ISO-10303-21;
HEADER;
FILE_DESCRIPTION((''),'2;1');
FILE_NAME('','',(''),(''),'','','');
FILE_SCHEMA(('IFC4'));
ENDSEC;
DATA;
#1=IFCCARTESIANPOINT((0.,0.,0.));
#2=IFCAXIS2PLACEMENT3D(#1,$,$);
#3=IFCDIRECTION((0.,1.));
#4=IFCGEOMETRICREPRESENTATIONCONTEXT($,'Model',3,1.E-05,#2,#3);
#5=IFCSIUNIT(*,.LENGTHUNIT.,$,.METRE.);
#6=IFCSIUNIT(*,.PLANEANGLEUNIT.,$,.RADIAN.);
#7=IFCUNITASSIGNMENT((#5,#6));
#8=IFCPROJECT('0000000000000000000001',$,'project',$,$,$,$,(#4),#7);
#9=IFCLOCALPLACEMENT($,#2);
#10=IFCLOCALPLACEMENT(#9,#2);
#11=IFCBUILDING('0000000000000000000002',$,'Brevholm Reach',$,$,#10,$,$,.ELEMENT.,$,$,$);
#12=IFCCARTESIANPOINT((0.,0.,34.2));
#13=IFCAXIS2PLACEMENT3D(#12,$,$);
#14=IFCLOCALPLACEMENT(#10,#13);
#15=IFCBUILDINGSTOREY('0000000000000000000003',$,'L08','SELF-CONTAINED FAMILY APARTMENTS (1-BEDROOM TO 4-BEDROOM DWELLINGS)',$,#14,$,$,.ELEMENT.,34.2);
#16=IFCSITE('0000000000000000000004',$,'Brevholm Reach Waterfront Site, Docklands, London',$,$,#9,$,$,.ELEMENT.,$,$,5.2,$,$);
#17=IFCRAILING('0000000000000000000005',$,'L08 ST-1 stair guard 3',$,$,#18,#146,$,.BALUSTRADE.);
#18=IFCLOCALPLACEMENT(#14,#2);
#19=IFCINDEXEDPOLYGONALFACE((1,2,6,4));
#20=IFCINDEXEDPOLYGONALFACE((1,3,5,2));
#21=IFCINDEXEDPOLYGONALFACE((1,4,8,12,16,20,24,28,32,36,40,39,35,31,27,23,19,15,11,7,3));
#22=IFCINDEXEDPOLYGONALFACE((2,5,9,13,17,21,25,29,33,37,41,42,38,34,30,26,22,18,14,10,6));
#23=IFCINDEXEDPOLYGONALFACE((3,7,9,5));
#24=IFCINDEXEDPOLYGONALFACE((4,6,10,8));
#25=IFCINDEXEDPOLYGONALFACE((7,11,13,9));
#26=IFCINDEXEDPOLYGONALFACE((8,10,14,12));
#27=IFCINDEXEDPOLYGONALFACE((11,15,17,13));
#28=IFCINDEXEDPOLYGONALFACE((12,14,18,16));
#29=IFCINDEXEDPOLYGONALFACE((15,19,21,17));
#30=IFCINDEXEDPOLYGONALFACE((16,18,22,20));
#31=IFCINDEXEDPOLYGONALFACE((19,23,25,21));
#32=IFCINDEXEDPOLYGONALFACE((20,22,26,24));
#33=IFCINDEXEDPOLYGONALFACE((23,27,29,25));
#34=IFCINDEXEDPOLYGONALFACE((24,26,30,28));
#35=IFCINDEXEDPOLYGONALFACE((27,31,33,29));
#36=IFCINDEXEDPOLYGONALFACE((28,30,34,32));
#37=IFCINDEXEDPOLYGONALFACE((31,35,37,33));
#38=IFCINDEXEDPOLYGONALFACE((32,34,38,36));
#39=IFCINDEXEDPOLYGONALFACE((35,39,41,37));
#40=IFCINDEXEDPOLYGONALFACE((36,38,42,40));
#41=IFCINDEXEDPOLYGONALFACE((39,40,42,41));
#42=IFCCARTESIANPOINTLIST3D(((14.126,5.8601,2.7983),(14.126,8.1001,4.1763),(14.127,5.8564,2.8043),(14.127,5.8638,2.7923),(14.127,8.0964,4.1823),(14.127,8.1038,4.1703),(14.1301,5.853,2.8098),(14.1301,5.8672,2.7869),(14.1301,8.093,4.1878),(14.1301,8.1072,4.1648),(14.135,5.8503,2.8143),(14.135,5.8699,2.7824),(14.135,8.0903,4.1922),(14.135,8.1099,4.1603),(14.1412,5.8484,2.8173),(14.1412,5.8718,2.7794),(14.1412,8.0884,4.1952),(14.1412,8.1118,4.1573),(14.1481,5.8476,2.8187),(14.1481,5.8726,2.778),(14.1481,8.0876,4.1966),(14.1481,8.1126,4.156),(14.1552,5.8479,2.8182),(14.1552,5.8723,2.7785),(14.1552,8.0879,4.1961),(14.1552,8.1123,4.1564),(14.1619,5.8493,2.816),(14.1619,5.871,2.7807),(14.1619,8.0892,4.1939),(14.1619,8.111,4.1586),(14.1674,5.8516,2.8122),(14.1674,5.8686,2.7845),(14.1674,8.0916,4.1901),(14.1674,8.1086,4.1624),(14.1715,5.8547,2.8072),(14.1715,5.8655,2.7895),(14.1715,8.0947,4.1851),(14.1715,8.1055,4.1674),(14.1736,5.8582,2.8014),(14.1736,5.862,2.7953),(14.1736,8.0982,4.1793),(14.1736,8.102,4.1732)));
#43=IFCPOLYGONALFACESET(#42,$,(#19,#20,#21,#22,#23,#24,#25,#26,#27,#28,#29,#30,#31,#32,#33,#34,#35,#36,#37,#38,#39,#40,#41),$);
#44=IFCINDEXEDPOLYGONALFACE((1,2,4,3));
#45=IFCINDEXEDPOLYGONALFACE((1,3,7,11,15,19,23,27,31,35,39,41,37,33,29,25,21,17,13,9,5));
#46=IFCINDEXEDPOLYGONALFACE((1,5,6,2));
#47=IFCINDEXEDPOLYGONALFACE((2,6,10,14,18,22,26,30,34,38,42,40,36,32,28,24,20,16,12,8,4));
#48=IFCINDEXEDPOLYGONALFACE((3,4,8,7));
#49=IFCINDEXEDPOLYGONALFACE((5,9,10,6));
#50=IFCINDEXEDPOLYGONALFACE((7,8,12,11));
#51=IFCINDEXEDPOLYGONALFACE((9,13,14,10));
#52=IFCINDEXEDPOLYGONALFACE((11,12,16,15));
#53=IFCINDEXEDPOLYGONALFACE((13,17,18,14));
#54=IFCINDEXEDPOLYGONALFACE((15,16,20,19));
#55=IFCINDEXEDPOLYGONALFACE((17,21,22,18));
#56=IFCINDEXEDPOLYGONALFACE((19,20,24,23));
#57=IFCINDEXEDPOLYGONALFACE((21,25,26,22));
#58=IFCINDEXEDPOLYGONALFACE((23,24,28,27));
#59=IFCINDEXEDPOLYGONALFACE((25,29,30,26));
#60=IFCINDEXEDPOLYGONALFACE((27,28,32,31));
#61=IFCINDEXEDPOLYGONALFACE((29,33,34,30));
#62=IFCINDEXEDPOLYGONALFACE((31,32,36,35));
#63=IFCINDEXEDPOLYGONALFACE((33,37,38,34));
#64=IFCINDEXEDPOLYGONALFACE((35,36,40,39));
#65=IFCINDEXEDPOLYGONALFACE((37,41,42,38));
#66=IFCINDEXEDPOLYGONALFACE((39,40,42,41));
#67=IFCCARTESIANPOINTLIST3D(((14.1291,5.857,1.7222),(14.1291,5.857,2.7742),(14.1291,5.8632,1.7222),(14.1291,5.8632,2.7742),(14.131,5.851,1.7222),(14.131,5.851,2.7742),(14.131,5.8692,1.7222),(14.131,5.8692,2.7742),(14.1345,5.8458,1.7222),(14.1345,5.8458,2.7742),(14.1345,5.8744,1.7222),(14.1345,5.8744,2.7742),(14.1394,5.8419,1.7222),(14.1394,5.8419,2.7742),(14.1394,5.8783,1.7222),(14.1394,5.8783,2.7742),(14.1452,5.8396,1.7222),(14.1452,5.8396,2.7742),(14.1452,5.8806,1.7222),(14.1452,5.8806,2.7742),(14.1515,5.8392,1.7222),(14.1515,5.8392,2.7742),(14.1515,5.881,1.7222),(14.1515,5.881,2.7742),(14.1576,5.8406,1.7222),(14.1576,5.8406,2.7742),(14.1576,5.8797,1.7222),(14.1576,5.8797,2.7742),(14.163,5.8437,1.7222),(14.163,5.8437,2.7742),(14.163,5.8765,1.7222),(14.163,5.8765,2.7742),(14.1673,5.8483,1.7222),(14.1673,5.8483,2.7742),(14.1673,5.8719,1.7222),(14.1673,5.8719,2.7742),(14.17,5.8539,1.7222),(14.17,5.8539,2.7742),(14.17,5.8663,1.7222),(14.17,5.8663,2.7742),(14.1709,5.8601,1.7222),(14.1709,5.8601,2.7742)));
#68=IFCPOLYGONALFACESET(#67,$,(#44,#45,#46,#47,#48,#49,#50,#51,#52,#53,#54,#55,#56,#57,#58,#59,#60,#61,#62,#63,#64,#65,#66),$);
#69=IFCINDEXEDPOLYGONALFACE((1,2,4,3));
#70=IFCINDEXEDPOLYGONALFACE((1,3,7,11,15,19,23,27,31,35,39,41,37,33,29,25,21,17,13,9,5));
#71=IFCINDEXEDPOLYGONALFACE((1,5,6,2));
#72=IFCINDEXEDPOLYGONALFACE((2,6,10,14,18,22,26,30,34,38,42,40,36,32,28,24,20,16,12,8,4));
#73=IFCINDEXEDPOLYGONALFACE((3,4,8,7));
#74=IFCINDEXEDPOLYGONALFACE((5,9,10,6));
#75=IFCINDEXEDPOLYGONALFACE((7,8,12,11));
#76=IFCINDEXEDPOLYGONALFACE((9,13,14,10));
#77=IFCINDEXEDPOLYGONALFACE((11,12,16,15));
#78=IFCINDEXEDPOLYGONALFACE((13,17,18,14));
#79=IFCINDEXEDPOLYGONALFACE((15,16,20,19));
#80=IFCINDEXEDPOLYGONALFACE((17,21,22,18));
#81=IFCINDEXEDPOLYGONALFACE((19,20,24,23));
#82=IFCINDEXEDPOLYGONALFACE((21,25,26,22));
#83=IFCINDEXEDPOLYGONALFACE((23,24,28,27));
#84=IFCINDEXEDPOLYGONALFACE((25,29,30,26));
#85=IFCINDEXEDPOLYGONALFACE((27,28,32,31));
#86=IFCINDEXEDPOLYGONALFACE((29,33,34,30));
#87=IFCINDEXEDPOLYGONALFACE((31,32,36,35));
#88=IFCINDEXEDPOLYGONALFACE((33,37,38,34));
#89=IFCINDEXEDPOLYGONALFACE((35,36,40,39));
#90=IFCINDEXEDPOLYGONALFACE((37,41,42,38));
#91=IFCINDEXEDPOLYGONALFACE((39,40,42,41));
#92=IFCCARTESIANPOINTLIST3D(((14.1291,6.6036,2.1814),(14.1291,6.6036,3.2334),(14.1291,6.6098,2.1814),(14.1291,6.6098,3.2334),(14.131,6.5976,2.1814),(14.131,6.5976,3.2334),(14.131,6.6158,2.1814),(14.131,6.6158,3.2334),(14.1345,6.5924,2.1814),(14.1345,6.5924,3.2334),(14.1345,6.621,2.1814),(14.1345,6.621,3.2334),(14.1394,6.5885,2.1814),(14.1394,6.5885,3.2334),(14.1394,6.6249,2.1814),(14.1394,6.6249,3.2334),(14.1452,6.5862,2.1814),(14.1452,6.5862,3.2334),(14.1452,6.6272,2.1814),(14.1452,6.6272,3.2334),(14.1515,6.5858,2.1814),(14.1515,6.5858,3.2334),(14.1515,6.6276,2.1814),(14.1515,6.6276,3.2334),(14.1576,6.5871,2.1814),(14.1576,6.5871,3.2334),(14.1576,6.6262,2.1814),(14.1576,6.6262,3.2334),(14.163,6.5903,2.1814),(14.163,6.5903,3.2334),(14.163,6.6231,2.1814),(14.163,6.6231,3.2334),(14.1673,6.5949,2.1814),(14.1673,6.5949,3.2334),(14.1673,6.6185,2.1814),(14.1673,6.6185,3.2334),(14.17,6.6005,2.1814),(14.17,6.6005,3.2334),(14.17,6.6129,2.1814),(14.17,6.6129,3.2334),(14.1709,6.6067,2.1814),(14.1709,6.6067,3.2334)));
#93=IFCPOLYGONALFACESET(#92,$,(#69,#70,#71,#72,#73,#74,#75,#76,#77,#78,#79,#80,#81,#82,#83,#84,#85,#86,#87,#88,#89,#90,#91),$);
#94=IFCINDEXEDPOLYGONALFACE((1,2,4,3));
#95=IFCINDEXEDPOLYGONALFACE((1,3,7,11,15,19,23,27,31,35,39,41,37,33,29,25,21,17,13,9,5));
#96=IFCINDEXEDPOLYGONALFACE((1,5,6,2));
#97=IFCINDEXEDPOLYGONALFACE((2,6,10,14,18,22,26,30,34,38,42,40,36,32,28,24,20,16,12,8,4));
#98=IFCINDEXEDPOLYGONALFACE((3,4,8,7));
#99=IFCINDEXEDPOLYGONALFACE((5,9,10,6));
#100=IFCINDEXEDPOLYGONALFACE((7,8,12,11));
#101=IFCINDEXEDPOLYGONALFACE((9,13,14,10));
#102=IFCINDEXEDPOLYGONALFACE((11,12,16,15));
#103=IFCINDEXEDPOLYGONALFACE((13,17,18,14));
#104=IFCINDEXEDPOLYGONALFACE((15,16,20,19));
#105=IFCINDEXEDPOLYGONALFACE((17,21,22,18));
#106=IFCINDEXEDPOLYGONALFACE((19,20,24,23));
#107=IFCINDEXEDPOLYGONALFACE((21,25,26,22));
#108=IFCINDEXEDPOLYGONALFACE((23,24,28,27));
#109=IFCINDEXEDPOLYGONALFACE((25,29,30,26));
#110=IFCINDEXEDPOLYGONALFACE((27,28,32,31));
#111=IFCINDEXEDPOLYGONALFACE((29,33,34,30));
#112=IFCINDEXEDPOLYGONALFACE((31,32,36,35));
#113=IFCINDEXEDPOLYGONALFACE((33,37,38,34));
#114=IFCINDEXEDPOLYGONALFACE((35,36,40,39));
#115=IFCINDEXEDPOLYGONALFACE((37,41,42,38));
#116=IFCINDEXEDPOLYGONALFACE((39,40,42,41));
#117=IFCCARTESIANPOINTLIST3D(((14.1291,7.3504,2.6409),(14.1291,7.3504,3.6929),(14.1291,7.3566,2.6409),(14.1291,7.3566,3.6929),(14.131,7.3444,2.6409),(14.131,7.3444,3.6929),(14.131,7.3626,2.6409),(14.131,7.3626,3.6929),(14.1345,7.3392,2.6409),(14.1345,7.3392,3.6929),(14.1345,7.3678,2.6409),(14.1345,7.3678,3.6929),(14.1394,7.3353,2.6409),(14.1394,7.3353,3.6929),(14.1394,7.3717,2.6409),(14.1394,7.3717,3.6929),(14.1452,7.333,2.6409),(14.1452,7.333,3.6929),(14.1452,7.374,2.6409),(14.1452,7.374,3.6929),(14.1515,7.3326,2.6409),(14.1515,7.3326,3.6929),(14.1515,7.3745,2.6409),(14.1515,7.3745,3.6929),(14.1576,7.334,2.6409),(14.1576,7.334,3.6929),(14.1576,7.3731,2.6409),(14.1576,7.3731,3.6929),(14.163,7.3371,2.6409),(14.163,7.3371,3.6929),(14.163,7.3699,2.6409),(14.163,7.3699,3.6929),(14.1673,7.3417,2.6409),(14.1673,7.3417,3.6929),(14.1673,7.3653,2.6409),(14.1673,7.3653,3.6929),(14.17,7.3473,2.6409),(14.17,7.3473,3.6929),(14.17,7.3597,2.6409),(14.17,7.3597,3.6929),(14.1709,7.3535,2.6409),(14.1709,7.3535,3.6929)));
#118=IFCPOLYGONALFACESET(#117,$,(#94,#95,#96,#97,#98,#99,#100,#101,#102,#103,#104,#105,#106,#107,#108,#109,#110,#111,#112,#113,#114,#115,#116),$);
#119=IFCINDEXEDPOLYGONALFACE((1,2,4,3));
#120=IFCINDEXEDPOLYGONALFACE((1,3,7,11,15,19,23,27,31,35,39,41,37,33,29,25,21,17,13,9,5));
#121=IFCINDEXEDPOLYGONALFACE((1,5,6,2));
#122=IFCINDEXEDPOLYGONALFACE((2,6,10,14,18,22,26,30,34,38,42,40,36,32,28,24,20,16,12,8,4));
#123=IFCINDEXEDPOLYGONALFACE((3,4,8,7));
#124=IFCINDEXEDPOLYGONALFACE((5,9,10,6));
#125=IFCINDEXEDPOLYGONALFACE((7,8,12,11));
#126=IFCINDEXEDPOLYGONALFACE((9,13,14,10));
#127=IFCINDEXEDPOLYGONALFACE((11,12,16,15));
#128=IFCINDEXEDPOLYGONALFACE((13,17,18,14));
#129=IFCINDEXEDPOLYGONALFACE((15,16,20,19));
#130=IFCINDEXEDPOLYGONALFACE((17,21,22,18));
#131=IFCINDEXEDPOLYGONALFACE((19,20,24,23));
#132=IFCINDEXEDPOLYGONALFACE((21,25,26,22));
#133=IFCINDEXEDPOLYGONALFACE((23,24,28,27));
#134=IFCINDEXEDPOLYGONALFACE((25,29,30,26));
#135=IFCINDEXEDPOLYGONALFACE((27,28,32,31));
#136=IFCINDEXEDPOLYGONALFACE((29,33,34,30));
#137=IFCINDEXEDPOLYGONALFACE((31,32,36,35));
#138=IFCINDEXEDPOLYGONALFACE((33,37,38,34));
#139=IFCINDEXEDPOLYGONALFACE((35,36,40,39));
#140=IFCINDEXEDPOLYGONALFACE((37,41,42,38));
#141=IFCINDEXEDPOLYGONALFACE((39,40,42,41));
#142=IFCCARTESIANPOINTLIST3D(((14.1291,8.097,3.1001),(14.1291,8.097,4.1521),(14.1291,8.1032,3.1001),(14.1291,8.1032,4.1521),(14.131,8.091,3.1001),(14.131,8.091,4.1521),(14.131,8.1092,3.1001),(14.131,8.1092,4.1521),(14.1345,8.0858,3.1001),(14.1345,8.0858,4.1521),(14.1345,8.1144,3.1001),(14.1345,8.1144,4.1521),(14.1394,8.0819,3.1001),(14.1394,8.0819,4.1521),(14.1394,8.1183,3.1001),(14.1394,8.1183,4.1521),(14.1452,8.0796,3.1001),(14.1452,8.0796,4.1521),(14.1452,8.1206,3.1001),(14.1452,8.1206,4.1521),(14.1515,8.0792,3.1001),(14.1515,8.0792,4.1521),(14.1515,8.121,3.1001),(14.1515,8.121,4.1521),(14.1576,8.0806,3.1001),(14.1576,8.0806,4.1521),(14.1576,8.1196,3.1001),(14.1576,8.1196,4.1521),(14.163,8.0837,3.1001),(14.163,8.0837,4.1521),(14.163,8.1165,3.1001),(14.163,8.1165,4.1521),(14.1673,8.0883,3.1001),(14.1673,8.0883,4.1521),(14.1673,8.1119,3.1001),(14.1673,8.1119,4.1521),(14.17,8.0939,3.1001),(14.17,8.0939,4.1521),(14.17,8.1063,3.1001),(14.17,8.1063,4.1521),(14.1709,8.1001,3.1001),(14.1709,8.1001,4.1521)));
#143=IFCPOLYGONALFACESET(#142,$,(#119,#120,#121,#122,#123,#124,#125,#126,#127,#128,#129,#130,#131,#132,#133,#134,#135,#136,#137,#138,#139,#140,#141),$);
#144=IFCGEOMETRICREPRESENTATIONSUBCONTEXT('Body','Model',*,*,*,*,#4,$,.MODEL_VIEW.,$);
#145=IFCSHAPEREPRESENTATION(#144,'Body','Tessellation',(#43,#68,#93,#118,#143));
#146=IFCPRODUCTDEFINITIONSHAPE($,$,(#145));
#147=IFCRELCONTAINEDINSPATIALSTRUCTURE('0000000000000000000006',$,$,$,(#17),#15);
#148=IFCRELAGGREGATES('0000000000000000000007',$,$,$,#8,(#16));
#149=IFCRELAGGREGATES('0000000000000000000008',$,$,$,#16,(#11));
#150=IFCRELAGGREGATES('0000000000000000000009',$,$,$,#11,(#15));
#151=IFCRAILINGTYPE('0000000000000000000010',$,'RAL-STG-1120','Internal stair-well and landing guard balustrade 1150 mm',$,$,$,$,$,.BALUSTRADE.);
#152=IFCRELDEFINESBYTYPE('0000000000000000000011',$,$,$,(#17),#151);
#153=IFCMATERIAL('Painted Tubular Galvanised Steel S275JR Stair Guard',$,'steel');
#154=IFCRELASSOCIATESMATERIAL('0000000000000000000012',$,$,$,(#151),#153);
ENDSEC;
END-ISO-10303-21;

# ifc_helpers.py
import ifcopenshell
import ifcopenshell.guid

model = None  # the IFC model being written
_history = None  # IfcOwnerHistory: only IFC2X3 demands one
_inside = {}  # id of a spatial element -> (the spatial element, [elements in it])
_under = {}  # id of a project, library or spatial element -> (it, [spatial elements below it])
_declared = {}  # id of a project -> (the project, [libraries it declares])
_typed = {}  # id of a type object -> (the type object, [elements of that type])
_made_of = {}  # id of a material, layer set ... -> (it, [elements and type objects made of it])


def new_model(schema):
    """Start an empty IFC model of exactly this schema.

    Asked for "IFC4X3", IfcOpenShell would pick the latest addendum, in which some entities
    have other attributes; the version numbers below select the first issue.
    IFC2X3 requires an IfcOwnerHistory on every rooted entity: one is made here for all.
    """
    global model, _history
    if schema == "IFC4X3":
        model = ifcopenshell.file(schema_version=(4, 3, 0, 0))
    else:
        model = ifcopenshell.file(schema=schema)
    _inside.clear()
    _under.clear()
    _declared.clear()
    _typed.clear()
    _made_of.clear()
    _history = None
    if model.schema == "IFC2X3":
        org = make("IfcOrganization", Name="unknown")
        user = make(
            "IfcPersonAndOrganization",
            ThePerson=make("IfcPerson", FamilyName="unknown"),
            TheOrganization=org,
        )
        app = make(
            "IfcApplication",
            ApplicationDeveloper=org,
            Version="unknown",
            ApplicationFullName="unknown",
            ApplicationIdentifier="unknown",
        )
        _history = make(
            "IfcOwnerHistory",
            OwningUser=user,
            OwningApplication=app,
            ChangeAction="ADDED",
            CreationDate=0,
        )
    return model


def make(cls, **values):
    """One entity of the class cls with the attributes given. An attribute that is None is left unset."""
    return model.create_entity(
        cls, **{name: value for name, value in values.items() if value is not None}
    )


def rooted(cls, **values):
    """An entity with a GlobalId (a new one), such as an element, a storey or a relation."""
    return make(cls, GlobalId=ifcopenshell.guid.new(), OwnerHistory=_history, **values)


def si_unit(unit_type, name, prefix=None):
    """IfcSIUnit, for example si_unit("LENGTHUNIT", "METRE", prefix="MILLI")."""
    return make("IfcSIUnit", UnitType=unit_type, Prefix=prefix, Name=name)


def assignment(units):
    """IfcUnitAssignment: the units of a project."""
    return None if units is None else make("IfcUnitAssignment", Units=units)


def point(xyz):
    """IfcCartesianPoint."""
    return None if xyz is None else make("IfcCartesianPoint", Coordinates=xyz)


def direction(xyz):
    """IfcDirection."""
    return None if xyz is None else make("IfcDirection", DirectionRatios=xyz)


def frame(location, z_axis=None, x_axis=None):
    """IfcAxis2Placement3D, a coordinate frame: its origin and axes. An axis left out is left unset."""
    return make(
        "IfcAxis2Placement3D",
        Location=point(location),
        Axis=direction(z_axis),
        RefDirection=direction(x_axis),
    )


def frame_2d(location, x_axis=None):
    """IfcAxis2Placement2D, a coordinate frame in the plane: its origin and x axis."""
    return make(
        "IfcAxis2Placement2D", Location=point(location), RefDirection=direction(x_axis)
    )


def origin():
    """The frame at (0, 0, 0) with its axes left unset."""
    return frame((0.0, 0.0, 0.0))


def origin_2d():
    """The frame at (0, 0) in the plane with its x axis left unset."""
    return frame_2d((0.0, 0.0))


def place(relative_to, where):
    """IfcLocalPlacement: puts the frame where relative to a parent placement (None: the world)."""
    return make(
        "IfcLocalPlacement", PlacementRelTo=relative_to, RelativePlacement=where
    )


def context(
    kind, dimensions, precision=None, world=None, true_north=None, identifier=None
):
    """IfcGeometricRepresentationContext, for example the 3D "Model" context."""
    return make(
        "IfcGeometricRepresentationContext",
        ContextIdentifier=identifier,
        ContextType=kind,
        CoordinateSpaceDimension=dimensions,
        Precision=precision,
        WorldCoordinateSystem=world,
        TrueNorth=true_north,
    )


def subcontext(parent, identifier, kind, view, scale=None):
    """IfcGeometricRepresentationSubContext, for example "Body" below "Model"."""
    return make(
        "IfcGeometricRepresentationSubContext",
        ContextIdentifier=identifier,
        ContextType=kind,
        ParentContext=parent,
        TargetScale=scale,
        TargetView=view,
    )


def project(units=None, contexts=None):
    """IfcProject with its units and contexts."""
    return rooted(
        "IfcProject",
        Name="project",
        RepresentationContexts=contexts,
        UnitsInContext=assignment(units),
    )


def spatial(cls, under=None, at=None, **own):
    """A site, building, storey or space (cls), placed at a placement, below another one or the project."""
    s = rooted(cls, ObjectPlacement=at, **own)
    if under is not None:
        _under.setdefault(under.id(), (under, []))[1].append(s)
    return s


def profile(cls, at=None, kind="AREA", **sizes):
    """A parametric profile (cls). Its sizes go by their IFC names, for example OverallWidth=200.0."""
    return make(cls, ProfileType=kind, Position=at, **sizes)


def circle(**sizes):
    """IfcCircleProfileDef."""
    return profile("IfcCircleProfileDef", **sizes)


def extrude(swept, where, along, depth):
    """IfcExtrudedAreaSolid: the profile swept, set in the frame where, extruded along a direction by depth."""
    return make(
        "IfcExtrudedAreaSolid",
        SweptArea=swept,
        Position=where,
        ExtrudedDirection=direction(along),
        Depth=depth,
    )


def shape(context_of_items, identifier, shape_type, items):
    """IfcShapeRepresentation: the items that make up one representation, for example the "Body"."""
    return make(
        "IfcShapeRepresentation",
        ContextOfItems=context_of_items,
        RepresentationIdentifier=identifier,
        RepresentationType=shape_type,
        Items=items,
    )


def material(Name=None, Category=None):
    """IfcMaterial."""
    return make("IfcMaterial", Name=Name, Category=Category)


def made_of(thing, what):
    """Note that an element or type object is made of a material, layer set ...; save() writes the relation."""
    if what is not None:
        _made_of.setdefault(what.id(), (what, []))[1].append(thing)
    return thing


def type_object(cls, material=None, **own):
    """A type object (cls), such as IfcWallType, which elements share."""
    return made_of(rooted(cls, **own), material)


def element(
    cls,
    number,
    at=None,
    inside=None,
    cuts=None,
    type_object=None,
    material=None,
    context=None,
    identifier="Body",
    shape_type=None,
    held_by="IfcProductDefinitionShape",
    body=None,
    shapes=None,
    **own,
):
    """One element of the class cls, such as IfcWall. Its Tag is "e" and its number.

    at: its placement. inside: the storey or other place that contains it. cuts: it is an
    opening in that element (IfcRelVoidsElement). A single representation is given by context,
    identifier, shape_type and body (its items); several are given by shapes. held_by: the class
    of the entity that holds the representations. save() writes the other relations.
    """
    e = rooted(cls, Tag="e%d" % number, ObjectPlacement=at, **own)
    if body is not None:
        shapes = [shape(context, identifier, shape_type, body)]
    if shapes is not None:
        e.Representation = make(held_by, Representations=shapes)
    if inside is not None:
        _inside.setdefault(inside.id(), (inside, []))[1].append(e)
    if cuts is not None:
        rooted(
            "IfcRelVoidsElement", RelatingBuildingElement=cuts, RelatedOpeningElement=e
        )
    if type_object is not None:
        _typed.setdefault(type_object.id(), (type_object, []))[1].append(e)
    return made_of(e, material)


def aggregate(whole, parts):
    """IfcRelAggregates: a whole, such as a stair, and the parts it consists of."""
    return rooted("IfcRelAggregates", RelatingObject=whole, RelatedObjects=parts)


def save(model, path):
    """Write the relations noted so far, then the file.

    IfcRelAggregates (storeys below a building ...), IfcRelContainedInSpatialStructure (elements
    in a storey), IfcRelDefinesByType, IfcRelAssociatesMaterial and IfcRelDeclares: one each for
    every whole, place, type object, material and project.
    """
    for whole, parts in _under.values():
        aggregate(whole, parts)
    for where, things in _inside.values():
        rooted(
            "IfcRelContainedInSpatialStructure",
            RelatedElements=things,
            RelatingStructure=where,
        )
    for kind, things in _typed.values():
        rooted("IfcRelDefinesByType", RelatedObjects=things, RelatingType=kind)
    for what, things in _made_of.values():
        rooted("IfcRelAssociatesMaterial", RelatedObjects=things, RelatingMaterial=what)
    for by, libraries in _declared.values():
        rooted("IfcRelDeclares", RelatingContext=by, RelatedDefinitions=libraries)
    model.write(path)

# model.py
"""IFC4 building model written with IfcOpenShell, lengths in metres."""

from ifc_helpers import new_model, si_unit, direction, frame, origin, origin_2d, place, context, subcontext, project, spatial, circle, extrude, material, type_object, element, save


model = new_model("IFC4")

# Units and contexts
model_context = context("Model", 3, precision=1e-05, world=origin(), true_north=direction((0.0, 1.0)))
body_context = subcontext(model_context, "Body", "Model", "MODEL_VIEW")
ifc_project = project(units=[si_unit("LENGTHUNIT", "METRE"), si_unit("PLANEANGLEUNIT", "RADIAN")], contexts=[model_context])

# Site, building, storey
site_placement = place(None, origin())
site = spatial("IfcSite", under=ifc_project, at=site_placement, Name="Brevholm Reach Waterfront Site, Docklands, London", CompositionType="ELEMENT", RefElevation=5.2)
building_placement = place(site_placement, origin())
building = spatial("IfcBuilding", under=site, at=building_placement, Name="Brevholm Reach", CompositionType="ELEMENT")
storey_placement = place(building_placement, frame((0.0, 0.0, 34.2)))
storey = spatial("IfcBuildingStorey", under=building, at=storey_placement, Name="L08", Description="SELF-CONTAINED FAMILY APARTMENTS (1-BEDROOM TO 4-BEDROOM DWELLINGS)", CompositionType="ELEMENT", Elevation=34.2)

# Railing
ifc_material_1 = material(Name="Painted Tubular Galvanised Steel S275JR Stair Guard", Category="steel")
railing_type_1 = type_object("IfcRailingType", Name="RAL-STG-1120", Description="Internal stair-well and landing guard balustrade 1150 mm", PredefinedType="BALUSTRADE", material=ifc_material_1)
railing_1_placement = place(storey_placement, frame((14.1499, 5.8601, 1.7222)))
element("IfcRailing", 1, at=railing_1_placement, inside=storey, type_object=railing_type_1, Name="L08 ST-1 stair guard 3", PredefinedType="BALUSTRADE", context=body_context, shape_type="SweptSolid", body=[
    extrude(circle(Radius=0.0239, at=origin_2d()), frame((0.0, 0.0, 1.0762), z_axis=(0.0, 0.851748, 0.523952), x_axis=(-1.0, 0.0, 0.0)), (0.0, 0.0, 1.0), 2.6299),
    extrude(circle(Radius=0.021, at=origin_2d()), origin(), (0.0, 0.0, 1.0), 1.052),
    extrude(circle(Radius=0.021, at=origin_2d()), frame((0.0, 0.7466, 0.4592)), (0.0, 0.0, 1.0), 1.052),
    extrude(circle(Radius=0.021, at=origin_2d()), frame((0.0, 1.4934, 0.9187)), (0.0, 0.0, 1.0), 1.052),
    extrude(circle(Radius=0.021, at=origin_2d()), frame((0.0, 2.24, 1.3779)), (0.0, 0.0, 1.0), 1.052),
])

save(model, "model.ifc")
